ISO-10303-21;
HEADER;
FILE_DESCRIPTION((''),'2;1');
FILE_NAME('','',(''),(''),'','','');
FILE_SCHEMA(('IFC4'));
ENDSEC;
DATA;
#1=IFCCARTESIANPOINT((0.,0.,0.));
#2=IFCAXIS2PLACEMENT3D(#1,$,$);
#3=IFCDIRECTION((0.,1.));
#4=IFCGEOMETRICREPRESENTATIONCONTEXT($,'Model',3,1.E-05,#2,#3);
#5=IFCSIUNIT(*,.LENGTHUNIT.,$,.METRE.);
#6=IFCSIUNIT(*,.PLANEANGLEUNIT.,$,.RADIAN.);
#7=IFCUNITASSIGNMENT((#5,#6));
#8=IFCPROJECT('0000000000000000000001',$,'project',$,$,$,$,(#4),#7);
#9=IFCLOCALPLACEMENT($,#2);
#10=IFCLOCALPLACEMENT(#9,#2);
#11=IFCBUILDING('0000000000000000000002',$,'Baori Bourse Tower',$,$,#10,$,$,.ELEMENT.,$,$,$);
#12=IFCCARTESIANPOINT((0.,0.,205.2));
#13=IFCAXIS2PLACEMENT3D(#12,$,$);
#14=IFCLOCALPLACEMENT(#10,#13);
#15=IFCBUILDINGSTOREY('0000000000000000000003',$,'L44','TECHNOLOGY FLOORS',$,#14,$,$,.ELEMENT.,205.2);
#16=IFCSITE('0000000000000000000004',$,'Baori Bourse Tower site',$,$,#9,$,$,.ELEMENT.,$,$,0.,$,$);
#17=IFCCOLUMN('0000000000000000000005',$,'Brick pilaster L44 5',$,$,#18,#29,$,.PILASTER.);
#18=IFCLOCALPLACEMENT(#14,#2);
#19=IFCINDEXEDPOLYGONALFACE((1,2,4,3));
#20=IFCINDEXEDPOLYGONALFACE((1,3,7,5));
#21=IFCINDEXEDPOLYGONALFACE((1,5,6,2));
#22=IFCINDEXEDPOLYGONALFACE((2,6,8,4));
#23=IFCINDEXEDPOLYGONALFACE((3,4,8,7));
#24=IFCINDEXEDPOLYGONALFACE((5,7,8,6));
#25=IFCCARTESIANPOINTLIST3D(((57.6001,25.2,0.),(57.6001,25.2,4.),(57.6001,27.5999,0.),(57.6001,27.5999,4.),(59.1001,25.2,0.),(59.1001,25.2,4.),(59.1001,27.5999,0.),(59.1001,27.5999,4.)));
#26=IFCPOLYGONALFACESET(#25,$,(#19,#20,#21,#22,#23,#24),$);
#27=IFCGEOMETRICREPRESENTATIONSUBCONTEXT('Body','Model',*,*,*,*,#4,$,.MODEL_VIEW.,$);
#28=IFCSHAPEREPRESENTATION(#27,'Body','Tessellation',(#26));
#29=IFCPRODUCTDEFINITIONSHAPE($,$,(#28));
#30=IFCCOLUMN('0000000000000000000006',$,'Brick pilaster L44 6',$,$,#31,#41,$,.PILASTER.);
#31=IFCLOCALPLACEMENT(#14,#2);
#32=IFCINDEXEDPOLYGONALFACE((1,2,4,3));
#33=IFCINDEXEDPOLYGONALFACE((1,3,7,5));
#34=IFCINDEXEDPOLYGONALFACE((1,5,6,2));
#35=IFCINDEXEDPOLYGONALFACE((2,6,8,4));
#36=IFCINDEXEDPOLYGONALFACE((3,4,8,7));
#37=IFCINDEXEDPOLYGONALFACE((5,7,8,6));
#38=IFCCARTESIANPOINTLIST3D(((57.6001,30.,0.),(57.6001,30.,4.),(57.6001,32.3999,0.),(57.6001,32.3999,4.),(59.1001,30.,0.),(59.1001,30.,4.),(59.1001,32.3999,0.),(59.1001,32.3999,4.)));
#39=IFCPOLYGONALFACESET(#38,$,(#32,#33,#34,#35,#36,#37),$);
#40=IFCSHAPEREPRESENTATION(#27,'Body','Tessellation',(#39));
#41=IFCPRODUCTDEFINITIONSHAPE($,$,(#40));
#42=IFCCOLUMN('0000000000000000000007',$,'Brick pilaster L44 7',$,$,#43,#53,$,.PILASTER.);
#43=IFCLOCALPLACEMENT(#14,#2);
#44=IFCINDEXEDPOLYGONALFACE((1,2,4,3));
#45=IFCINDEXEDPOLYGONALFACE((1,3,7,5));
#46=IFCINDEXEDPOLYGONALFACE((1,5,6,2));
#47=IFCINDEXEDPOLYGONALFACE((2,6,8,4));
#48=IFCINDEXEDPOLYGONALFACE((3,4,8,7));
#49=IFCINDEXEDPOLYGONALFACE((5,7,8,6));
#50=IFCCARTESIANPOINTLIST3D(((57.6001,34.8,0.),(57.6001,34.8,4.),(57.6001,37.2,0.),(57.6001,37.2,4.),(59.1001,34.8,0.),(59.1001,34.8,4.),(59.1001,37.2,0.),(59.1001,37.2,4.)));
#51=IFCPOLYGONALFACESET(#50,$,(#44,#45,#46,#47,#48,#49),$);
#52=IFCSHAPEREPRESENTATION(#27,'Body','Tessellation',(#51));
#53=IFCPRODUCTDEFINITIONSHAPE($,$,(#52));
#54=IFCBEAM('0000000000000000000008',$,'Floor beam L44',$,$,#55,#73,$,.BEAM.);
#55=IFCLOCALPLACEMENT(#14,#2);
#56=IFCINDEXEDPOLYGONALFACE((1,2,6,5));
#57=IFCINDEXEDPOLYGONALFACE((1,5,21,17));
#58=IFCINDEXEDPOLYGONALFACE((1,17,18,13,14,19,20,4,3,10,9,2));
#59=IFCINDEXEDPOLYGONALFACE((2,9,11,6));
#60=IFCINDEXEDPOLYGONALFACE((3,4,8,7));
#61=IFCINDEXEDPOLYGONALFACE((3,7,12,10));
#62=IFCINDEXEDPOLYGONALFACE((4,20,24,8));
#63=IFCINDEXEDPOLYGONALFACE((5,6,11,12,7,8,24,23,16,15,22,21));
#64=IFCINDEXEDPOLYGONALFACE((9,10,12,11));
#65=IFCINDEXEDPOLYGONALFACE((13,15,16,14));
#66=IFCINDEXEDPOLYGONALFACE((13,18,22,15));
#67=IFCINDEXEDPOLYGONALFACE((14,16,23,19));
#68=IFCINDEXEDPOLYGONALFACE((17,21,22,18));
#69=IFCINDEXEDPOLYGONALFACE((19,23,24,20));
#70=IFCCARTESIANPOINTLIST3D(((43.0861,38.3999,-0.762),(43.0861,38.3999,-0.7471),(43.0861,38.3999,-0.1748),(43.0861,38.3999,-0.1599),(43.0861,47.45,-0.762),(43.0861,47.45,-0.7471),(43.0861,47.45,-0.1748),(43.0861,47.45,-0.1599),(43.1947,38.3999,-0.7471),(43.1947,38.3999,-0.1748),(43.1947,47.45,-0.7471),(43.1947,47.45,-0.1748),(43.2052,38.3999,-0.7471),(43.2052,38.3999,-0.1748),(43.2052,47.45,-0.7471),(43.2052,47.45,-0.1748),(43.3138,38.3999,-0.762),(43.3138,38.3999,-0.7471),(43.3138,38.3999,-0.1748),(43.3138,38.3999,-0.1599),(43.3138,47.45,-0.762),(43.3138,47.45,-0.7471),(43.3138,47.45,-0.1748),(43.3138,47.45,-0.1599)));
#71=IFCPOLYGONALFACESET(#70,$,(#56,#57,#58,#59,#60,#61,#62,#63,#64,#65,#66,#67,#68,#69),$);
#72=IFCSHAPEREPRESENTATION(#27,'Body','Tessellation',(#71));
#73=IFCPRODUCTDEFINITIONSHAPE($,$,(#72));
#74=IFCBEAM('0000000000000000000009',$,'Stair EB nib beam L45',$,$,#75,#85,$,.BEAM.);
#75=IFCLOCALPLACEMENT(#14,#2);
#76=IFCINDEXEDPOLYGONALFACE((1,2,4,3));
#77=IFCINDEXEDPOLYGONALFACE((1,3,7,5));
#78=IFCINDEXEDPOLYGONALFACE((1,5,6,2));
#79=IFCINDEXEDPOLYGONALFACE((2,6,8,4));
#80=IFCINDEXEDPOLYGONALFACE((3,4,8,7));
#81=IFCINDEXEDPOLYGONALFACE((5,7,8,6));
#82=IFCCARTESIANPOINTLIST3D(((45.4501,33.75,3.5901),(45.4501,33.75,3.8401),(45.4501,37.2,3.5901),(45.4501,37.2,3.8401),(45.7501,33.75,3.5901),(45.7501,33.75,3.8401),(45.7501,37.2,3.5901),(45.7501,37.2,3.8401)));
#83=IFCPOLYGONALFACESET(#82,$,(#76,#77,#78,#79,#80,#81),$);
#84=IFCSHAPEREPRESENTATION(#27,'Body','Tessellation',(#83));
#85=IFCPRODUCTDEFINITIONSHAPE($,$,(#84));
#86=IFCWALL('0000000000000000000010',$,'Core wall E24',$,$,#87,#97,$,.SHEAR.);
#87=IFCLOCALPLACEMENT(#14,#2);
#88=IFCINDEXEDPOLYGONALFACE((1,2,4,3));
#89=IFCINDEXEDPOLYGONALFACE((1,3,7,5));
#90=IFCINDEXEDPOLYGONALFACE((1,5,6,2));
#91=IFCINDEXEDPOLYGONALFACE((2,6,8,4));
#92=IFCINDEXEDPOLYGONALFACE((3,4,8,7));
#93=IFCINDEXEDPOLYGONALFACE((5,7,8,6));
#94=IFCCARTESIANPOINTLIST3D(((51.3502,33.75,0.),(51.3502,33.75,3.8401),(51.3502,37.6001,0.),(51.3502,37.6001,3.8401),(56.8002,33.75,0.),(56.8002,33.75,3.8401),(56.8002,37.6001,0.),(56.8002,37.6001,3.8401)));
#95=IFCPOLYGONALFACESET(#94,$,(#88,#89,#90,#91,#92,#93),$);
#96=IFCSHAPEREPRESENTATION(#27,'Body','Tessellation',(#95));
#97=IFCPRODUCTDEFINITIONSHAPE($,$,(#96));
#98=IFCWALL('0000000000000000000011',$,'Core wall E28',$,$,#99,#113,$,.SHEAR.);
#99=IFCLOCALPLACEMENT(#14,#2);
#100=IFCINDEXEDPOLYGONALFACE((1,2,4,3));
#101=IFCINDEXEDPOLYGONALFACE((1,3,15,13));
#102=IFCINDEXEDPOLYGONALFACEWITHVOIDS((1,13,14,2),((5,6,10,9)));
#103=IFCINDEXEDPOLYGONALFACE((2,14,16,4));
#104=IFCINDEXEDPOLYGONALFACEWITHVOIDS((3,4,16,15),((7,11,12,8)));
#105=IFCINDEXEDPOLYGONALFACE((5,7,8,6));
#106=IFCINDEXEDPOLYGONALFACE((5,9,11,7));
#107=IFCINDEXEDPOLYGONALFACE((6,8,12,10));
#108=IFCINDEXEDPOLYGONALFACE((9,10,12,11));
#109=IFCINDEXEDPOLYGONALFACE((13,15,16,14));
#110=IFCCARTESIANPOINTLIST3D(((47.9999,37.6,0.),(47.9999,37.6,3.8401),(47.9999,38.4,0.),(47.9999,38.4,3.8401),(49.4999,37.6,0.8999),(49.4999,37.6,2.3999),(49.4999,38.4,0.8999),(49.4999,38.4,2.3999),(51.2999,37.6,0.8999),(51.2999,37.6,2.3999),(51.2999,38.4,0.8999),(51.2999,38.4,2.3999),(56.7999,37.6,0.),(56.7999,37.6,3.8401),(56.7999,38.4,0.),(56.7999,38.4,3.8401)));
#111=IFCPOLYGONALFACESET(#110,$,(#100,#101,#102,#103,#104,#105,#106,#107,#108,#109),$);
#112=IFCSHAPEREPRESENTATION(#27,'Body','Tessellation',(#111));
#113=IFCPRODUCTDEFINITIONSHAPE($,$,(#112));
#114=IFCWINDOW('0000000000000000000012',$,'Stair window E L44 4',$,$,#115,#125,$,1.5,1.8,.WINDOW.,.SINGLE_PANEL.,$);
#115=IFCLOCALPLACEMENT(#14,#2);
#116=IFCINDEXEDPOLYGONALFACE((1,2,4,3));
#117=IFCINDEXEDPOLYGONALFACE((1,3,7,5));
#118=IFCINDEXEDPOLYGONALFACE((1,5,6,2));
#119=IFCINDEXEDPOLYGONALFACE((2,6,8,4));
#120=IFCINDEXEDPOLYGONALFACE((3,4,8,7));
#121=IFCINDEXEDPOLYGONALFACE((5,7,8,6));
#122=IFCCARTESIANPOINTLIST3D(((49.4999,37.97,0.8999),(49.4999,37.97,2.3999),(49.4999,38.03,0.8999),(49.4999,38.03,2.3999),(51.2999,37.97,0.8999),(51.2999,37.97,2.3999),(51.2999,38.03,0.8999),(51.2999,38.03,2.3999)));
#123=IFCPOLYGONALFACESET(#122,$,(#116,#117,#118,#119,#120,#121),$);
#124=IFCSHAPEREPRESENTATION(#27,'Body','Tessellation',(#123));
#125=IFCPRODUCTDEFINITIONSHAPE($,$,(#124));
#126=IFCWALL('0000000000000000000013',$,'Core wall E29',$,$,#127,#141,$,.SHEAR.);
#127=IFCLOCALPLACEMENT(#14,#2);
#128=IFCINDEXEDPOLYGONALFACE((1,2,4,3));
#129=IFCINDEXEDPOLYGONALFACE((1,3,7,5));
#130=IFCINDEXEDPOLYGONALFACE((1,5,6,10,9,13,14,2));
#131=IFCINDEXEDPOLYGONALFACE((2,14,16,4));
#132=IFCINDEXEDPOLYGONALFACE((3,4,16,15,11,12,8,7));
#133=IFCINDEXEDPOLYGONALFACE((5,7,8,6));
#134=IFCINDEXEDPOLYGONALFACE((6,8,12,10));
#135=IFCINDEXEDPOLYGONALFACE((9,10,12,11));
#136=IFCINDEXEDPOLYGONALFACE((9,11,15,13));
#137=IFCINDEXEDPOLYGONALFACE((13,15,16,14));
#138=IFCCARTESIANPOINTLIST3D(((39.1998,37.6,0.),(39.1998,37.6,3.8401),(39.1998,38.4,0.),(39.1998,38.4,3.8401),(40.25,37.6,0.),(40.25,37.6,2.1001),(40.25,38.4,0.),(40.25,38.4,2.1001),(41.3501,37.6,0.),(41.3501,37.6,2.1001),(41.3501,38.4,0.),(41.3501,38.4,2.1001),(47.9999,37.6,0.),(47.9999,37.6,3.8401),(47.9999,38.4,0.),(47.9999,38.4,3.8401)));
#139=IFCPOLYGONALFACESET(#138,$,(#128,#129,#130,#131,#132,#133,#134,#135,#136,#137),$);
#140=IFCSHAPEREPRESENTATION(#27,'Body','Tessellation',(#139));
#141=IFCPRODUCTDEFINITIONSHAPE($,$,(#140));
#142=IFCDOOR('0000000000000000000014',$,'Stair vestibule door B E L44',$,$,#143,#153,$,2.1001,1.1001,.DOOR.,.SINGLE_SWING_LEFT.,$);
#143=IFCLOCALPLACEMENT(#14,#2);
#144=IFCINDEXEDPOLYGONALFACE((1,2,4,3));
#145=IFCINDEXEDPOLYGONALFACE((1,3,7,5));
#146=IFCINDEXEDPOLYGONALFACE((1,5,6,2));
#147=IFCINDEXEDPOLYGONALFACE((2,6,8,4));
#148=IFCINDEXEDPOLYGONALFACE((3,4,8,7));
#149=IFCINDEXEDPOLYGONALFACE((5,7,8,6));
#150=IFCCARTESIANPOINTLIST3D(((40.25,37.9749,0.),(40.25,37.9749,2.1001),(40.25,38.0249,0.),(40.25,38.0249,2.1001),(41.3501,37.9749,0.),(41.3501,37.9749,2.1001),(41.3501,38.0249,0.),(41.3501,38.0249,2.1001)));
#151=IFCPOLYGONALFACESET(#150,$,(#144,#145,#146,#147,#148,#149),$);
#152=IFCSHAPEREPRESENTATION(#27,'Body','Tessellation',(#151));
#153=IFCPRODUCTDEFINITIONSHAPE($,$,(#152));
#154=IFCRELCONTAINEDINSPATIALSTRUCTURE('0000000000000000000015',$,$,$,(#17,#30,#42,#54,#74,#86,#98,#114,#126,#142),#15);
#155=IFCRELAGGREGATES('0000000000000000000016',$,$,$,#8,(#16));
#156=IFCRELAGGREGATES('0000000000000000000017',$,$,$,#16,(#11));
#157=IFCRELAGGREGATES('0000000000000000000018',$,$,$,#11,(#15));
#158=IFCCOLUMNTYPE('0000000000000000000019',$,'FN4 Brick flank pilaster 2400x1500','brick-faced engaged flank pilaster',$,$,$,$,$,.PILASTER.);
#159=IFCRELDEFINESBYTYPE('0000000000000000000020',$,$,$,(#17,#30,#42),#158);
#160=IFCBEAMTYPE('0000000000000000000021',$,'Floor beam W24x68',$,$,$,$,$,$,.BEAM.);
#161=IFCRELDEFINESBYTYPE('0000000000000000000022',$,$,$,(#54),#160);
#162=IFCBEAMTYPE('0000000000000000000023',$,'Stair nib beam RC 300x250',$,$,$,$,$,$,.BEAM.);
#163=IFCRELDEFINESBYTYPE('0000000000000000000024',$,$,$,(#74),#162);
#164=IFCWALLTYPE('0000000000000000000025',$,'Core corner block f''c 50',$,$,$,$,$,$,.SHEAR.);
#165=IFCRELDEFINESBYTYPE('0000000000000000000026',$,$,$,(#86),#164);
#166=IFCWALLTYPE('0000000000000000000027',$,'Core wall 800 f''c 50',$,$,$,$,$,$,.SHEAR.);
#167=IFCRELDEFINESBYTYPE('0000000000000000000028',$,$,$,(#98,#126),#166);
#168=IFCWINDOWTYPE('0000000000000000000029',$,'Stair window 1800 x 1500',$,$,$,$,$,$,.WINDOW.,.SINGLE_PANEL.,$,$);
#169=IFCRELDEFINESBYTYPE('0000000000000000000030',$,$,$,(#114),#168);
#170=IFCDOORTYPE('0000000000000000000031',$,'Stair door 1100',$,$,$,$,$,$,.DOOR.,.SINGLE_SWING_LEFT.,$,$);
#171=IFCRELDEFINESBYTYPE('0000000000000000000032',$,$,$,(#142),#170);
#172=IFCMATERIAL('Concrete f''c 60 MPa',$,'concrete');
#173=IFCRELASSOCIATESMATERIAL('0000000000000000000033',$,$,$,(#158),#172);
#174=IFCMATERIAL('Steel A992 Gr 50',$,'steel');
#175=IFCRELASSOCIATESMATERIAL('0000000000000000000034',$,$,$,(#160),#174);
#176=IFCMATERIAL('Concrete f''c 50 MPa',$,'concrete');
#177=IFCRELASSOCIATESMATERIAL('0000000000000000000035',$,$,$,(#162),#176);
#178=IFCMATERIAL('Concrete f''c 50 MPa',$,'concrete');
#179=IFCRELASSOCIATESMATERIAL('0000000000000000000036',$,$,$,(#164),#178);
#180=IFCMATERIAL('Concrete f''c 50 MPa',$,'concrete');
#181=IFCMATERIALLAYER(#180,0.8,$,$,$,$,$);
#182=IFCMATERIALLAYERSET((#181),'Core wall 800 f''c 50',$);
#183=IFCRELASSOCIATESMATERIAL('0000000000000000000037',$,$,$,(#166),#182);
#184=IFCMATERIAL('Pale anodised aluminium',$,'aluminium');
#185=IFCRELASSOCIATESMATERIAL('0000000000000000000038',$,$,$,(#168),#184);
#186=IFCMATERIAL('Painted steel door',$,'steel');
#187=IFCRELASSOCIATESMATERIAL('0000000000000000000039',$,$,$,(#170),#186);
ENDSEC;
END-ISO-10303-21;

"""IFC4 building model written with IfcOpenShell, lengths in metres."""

from ifc_helpers import new_model, si_unit, direction, frame, frame_2d, origin, origin_2d, place, context, subcontext, project, spatial, rectangle, i_section, extrude, material, layer, layer_set, material_profile, profile_set, type_object, element, fill, save


model = new_model("IFC4")

# Units and contexts
model_context = context("Model", 3, precision=1e-05, world=origin(), true_north=direction((0.0, 1.0)))
body_context = subcontext(model_context, "Body", "Model", "MODEL_VIEW")
ifc_project = project(units=[si_unit("LENGTHUNIT", "METRE"), si_unit("PLANEANGLEUNIT", "RADIAN")], contexts=[model_context])

# Site, building, storey
site_placement = place(None, origin())
site = spatial("IfcSite", under=ifc_project, at=site_placement, Name="Baori Bourse Tower site", CompositionType="ELEMENT", RefElevation=0.0)
building_placement = place(site_placement, origin())
building = spatial("IfcBuilding", under=site, at=building_placement, Name="Baori Bourse Tower", CompositionType="ELEMENT")
storey_placement = place(building_placement, frame((0.0, 0.0, 205.2)))
storey = spatial("IfcBuildingStorey", under=building, at=storey_placement, Name="L44", Description="TECHNOLOGY FLOORS", CompositionType="ELEMENT", Elevation=205.2)

# Columns
ifc_material_1 = material(Name="Concrete f'c 60 MPa", Category="concrete")
ifc_material_profile_1 = material_profile(ifc_material_1, rectangle(XDim=2.3999, YDim=1.5, at=origin_2d()), Name="RC 2400x1500")
ifc_profile_set_1 = profile_set([ifc_material_profile_1], Name="Concrete f'c 60 MPa")
column_type = type_object("IfcColumnType", Name="FN4 Brick flank pilaster 2400x1500", Description="brick-faced engaged flank pilaster", PredefinedType="PILASTER", material=ifc_profile_set_1)
for number, where, z_axis, x_axis, name in (
    (1, (58.3501, 26.3999, 0.0), (0.0, 0.0, 1.0), (0.0, 1.0, 0.0), "Brick pilaster L44 5"),
    (2, (58.3501, 31.2, 0.0), (0.0, 0.0, 1.0), (0.0, 1.0, 0.0), "Brick pilaster L44 6"),
    (3, (58.3501, 36.0, 0.0), (0.0, 0.0, 1.0), (0.0, 1.0, 0.0), "Brick pilaster L44 7"),
):
    element("IfcColumn", number, at=place(storey_placement, frame(where, z_axis=z_axis, x_axis=x_axis)), inside=storey, type_object=column_type, Name=name, PredefinedType="PILASTER", context=body_context, shape_type="SweptSolid", body=[
        extrude(rectangle(XDim=2.3999, YDim=1.5, at=origin_2d()), origin(), (0.0, 0.0, 1.0), 4.0),
    ])

# Beams
ifc_material_2 = material(Name="Steel A992 Gr 50", Category="steel")
ifc_material_profile_2 = material_profile(ifc_material_2, i_section(OverallWidth=0.2278, OverallDepth=0.6021, WebThickness=0.0105, FlangeThickness=0.0149, at=origin_2d()), Name="W24x68")
ifc_profile_set_2 = profile_set([ifc_material_profile_2], Name="Steel A992 Gr 50")
beam_type_1 = type_object("IfcBeamType", Name="Floor beam W24x68", PredefinedType="BEAM", material=ifc_profile_set_2)
beam_1_placement = place(storey_placement, frame((43.2, 38.3999, -0.4609), z_axis=(0.0, 1.0, 0.0), x_axis=(-1.0, 0.0, 0.0)))
element("IfcBeam", 4, at=beam_1_placement, inside=storey, type_object=beam_type_1, Name="Floor beam L44", PredefinedType="BEAM", context=body_context, shape_type="SweptSolid", body=[
    extrude(i_section(OverallWidth=0.2278, OverallDepth=0.6021, WebThickness=0.0105, FlangeThickness=0.0149, at=origin_2d()), origin(), (0.0, 0.0, 1.0), 9.05),
])
ifc_material_3 = material(Name="Concrete f'c 50 MPa", Category="concrete")
ifc_material_profile_3 = material_profile(ifc_material_3, rectangle(XDim=0.3, YDim=0.25, at=origin_2d()), Name="RC 300x250")
ifc_profile_set_3 = profile_set([ifc_material_profile_3], Name="Concrete f'c 50 MPa")
beam_type_2 = type_object("IfcBeamType", Name="Stair nib beam RC 300x250", PredefinedType="BEAM", material=ifc_profile_set_3)
beam_2_placement = place(storey_placement, frame((45.6001, 33.75, 3.7151), z_axis=(0.0, 1.0, 0.0), x_axis=(-1.0, 0.0, 0.0)))
element("IfcBeam", 5, at=beam_2_placement, inside=storey, type_object=beam_type_2, Name="Stair EB nib beam L45", PredefinedType="BEAM", context=body_context, shape_type="SweptSolid", body=[
    extrude(rectangle(XDim=0.3, YDim=0.25, at=origin_2d()), origin(), (0.0, 0.0, 1.0), 3.45),
])

# Wall
ifc_material_4 = material(Name="Concrete f'c 50 MPa", Category="concrete")
wall_type_1 = type_object("IfcWallType", Name="Core corner block f'c 50", PredefinedType="SHEAR", material=ifc_material_4)
wall_1_placement = place(storey_placement, frame((51.3501, 35.675, 0.0), z_axis=(0.0, 0.0, 1.0), x_axis=(1.0, 0.0, 0.0)))
element("IfcWall", 6, at=wall_1_placement, inside=storey, type_object=wall_type_1, Name="Core wall E24", PredefinedType="SHEAR", context=body_context, shape_type="SweptSolid", body=[
    extrude(rectangle(XDim=5.45, YDim=3.8501, at=frame_2d((2.7251, 0.0))), origin(), (0.0, 0.0, 1.0), 3.8401),
])

# Wall, opening, window
ifc_material_5 = material(Name="Concrete f'c 50 MPa", Category="concrete")
ifc_layer_1 = layer(ifc_material_5, 0.8)
ifc_layer_set_1 = layer_set([ifc_layer_1], Name="Core wall 800 f'c 50")
wall_type_2 = type_object("IfcWallType", Name="Core wall 800 f'c 50", PredefinedType="SHEAR", material=ifc_layer_set_1)
wall_2_placement = place(storey_placement, frame((48.0, 38.0, 0.0), z_axis=(0.0, 0.0, 1.0), x_axis=(1.0, 0.0, 0.0)))
wall_2 = element("IfcWall", 7, at=wall_2_placement, inside=storey, type_object=wall_type_2, Name="Core wall E28", PredefinedType="SHEAR", context=body_context, shape_type="SweptSolid", body=[
    extrude(rectangle(XDim=8.8, YDim=0.8, at=frame_2d((4.3999, 0.0))), origin(), (0.0, 0.0, 1.0), 3.8401),
])
opening_1_placement = place(wall_2_placement, frame((1.5, 0.0, 0.8999)))
opening_1 = element("IfcOpeningElement", 8, at=opening_1_placement, cuts=wall_2, PredefinedType="OPENING", context=body_context, shape_type="SweptSolid", body=[
    extrude(rectangle(XDim=1.8, YDim=1.5, at=frame_2d((0.8999, 0.75))), frame((0.0, 0.4099, 0.0), z_axis=(0.0, -1.0, 0.0), x_axis=(1.0, 0.0, 0.0)), (0.0, 0.0, 1.0), 0.8201),
])
ifc_material_6 = material(Name="Pale anodised aluminium", Category="aluminium")
window_type = type_object("IfcWindowType", Name="Stair window 1800 x 1500", PartitioningType="SINGLE_PANEL", PredefinedType="WINDOW", material=ifc_material_6)
window_placement = place(opening_1_placement, origin())
window = element("IfcWindow", 9, at=window_placement, inside=storey, type_object=window_type, Name="Stair window E L44 4", OverallHeight=1.5, OverallWidth=1.8, PartitioningType="SINGLE_PANEL", PredefinedType="WINDOW", context=body_context, shape_type="SweptSolid", body=[
    extrude(rectangle(XDim=1.8, YDim=1.5, at=frame_2d((0.8999, 0.75))), frame((0.0, 0.03, 0.0), z_axis=(0.0, -1.0, 0.0), x_axis=(1.0, 0.0, 0.0)), (0.0, 0.0, 1.0), 0.0601),
])
fill(opening_1, window)

# Wall, opening, door
wall_3_placement = place(storey_placement, frame((39.2, 38.0, 0.0), z_axis=(0.0, 0.0, 1.0), x_axis=(1.0, 0.0, 0.0)))
wall_3 = element("IfcWall", 10, at=wall_3_placement, inside=storey, type_object=wall_type_2, Name="Core wall E29", PredefinedType="SHEAR", context=body_context, shape_type="SweptSolid", body=[
    extrude(rectangle(XDim=8.8, YDim=0.8, at=frame_2d((4.3999, 0.0))), origin(), (0.0, 0.0, 1.0), 3.8401),
])
opening_2_placement = place(wall_3_placement, frame((1.05, 0.0, 0.0)))
opening_2 = element("IfcOpeningElement", 11, at=opening_2_placement, cuts=wall_3, PredefinedType="OPENING", context=body_context, shape_type="SweptSolid", body=[
    extrude(rectangle(XDim=1.1001, YDim=2.1001, at=frame_2d((0.55, 1.05))), frame((0.0, 0.4099, 0.0), z_axis=(0.0, -1.0, 0.0), x_axis=(1.0, 0.0, 0.0)), (0.0, 0.0, 1.0), 0.8201),
])
ifc_material_7 = material(Name="Painted steel door", Category="steel")
door_type_1 = type_object("IfcDoorType", Name="Stair door 1100", OperationType="SINGLE_SWING_LEFT", PredefinedType="DOOR", material=ifc_material_7)
door_1_placement = place(opening_2_placement, origin())
door_1 = element("IfcDoor", 12, at=door_1_placement, inside=storey, type_object=door_type_1, Name="Stair vestibule door B E L44", OperationType="SINGLE_SWING_LEFT", OverallHeight=2.1001, OverallWidth=1.1001, PredefinedType="DOOR", context=body_context, shape_type="SweptSolid", body=[
    extrude(rectangle(XDim=1.1001, YDim=2.1001, at=frame_2d((0.55, 1.05))), frame((0.0, 0.0249, 0.0), z_axis=(0.0, -1.0, 0.0), x_axis=(1.0, 0.0, 0.0)), (0.0, 0.0, 1.0), 0.05),
])
fill(opening_2, door_1)

save(model, "model.ifc")
